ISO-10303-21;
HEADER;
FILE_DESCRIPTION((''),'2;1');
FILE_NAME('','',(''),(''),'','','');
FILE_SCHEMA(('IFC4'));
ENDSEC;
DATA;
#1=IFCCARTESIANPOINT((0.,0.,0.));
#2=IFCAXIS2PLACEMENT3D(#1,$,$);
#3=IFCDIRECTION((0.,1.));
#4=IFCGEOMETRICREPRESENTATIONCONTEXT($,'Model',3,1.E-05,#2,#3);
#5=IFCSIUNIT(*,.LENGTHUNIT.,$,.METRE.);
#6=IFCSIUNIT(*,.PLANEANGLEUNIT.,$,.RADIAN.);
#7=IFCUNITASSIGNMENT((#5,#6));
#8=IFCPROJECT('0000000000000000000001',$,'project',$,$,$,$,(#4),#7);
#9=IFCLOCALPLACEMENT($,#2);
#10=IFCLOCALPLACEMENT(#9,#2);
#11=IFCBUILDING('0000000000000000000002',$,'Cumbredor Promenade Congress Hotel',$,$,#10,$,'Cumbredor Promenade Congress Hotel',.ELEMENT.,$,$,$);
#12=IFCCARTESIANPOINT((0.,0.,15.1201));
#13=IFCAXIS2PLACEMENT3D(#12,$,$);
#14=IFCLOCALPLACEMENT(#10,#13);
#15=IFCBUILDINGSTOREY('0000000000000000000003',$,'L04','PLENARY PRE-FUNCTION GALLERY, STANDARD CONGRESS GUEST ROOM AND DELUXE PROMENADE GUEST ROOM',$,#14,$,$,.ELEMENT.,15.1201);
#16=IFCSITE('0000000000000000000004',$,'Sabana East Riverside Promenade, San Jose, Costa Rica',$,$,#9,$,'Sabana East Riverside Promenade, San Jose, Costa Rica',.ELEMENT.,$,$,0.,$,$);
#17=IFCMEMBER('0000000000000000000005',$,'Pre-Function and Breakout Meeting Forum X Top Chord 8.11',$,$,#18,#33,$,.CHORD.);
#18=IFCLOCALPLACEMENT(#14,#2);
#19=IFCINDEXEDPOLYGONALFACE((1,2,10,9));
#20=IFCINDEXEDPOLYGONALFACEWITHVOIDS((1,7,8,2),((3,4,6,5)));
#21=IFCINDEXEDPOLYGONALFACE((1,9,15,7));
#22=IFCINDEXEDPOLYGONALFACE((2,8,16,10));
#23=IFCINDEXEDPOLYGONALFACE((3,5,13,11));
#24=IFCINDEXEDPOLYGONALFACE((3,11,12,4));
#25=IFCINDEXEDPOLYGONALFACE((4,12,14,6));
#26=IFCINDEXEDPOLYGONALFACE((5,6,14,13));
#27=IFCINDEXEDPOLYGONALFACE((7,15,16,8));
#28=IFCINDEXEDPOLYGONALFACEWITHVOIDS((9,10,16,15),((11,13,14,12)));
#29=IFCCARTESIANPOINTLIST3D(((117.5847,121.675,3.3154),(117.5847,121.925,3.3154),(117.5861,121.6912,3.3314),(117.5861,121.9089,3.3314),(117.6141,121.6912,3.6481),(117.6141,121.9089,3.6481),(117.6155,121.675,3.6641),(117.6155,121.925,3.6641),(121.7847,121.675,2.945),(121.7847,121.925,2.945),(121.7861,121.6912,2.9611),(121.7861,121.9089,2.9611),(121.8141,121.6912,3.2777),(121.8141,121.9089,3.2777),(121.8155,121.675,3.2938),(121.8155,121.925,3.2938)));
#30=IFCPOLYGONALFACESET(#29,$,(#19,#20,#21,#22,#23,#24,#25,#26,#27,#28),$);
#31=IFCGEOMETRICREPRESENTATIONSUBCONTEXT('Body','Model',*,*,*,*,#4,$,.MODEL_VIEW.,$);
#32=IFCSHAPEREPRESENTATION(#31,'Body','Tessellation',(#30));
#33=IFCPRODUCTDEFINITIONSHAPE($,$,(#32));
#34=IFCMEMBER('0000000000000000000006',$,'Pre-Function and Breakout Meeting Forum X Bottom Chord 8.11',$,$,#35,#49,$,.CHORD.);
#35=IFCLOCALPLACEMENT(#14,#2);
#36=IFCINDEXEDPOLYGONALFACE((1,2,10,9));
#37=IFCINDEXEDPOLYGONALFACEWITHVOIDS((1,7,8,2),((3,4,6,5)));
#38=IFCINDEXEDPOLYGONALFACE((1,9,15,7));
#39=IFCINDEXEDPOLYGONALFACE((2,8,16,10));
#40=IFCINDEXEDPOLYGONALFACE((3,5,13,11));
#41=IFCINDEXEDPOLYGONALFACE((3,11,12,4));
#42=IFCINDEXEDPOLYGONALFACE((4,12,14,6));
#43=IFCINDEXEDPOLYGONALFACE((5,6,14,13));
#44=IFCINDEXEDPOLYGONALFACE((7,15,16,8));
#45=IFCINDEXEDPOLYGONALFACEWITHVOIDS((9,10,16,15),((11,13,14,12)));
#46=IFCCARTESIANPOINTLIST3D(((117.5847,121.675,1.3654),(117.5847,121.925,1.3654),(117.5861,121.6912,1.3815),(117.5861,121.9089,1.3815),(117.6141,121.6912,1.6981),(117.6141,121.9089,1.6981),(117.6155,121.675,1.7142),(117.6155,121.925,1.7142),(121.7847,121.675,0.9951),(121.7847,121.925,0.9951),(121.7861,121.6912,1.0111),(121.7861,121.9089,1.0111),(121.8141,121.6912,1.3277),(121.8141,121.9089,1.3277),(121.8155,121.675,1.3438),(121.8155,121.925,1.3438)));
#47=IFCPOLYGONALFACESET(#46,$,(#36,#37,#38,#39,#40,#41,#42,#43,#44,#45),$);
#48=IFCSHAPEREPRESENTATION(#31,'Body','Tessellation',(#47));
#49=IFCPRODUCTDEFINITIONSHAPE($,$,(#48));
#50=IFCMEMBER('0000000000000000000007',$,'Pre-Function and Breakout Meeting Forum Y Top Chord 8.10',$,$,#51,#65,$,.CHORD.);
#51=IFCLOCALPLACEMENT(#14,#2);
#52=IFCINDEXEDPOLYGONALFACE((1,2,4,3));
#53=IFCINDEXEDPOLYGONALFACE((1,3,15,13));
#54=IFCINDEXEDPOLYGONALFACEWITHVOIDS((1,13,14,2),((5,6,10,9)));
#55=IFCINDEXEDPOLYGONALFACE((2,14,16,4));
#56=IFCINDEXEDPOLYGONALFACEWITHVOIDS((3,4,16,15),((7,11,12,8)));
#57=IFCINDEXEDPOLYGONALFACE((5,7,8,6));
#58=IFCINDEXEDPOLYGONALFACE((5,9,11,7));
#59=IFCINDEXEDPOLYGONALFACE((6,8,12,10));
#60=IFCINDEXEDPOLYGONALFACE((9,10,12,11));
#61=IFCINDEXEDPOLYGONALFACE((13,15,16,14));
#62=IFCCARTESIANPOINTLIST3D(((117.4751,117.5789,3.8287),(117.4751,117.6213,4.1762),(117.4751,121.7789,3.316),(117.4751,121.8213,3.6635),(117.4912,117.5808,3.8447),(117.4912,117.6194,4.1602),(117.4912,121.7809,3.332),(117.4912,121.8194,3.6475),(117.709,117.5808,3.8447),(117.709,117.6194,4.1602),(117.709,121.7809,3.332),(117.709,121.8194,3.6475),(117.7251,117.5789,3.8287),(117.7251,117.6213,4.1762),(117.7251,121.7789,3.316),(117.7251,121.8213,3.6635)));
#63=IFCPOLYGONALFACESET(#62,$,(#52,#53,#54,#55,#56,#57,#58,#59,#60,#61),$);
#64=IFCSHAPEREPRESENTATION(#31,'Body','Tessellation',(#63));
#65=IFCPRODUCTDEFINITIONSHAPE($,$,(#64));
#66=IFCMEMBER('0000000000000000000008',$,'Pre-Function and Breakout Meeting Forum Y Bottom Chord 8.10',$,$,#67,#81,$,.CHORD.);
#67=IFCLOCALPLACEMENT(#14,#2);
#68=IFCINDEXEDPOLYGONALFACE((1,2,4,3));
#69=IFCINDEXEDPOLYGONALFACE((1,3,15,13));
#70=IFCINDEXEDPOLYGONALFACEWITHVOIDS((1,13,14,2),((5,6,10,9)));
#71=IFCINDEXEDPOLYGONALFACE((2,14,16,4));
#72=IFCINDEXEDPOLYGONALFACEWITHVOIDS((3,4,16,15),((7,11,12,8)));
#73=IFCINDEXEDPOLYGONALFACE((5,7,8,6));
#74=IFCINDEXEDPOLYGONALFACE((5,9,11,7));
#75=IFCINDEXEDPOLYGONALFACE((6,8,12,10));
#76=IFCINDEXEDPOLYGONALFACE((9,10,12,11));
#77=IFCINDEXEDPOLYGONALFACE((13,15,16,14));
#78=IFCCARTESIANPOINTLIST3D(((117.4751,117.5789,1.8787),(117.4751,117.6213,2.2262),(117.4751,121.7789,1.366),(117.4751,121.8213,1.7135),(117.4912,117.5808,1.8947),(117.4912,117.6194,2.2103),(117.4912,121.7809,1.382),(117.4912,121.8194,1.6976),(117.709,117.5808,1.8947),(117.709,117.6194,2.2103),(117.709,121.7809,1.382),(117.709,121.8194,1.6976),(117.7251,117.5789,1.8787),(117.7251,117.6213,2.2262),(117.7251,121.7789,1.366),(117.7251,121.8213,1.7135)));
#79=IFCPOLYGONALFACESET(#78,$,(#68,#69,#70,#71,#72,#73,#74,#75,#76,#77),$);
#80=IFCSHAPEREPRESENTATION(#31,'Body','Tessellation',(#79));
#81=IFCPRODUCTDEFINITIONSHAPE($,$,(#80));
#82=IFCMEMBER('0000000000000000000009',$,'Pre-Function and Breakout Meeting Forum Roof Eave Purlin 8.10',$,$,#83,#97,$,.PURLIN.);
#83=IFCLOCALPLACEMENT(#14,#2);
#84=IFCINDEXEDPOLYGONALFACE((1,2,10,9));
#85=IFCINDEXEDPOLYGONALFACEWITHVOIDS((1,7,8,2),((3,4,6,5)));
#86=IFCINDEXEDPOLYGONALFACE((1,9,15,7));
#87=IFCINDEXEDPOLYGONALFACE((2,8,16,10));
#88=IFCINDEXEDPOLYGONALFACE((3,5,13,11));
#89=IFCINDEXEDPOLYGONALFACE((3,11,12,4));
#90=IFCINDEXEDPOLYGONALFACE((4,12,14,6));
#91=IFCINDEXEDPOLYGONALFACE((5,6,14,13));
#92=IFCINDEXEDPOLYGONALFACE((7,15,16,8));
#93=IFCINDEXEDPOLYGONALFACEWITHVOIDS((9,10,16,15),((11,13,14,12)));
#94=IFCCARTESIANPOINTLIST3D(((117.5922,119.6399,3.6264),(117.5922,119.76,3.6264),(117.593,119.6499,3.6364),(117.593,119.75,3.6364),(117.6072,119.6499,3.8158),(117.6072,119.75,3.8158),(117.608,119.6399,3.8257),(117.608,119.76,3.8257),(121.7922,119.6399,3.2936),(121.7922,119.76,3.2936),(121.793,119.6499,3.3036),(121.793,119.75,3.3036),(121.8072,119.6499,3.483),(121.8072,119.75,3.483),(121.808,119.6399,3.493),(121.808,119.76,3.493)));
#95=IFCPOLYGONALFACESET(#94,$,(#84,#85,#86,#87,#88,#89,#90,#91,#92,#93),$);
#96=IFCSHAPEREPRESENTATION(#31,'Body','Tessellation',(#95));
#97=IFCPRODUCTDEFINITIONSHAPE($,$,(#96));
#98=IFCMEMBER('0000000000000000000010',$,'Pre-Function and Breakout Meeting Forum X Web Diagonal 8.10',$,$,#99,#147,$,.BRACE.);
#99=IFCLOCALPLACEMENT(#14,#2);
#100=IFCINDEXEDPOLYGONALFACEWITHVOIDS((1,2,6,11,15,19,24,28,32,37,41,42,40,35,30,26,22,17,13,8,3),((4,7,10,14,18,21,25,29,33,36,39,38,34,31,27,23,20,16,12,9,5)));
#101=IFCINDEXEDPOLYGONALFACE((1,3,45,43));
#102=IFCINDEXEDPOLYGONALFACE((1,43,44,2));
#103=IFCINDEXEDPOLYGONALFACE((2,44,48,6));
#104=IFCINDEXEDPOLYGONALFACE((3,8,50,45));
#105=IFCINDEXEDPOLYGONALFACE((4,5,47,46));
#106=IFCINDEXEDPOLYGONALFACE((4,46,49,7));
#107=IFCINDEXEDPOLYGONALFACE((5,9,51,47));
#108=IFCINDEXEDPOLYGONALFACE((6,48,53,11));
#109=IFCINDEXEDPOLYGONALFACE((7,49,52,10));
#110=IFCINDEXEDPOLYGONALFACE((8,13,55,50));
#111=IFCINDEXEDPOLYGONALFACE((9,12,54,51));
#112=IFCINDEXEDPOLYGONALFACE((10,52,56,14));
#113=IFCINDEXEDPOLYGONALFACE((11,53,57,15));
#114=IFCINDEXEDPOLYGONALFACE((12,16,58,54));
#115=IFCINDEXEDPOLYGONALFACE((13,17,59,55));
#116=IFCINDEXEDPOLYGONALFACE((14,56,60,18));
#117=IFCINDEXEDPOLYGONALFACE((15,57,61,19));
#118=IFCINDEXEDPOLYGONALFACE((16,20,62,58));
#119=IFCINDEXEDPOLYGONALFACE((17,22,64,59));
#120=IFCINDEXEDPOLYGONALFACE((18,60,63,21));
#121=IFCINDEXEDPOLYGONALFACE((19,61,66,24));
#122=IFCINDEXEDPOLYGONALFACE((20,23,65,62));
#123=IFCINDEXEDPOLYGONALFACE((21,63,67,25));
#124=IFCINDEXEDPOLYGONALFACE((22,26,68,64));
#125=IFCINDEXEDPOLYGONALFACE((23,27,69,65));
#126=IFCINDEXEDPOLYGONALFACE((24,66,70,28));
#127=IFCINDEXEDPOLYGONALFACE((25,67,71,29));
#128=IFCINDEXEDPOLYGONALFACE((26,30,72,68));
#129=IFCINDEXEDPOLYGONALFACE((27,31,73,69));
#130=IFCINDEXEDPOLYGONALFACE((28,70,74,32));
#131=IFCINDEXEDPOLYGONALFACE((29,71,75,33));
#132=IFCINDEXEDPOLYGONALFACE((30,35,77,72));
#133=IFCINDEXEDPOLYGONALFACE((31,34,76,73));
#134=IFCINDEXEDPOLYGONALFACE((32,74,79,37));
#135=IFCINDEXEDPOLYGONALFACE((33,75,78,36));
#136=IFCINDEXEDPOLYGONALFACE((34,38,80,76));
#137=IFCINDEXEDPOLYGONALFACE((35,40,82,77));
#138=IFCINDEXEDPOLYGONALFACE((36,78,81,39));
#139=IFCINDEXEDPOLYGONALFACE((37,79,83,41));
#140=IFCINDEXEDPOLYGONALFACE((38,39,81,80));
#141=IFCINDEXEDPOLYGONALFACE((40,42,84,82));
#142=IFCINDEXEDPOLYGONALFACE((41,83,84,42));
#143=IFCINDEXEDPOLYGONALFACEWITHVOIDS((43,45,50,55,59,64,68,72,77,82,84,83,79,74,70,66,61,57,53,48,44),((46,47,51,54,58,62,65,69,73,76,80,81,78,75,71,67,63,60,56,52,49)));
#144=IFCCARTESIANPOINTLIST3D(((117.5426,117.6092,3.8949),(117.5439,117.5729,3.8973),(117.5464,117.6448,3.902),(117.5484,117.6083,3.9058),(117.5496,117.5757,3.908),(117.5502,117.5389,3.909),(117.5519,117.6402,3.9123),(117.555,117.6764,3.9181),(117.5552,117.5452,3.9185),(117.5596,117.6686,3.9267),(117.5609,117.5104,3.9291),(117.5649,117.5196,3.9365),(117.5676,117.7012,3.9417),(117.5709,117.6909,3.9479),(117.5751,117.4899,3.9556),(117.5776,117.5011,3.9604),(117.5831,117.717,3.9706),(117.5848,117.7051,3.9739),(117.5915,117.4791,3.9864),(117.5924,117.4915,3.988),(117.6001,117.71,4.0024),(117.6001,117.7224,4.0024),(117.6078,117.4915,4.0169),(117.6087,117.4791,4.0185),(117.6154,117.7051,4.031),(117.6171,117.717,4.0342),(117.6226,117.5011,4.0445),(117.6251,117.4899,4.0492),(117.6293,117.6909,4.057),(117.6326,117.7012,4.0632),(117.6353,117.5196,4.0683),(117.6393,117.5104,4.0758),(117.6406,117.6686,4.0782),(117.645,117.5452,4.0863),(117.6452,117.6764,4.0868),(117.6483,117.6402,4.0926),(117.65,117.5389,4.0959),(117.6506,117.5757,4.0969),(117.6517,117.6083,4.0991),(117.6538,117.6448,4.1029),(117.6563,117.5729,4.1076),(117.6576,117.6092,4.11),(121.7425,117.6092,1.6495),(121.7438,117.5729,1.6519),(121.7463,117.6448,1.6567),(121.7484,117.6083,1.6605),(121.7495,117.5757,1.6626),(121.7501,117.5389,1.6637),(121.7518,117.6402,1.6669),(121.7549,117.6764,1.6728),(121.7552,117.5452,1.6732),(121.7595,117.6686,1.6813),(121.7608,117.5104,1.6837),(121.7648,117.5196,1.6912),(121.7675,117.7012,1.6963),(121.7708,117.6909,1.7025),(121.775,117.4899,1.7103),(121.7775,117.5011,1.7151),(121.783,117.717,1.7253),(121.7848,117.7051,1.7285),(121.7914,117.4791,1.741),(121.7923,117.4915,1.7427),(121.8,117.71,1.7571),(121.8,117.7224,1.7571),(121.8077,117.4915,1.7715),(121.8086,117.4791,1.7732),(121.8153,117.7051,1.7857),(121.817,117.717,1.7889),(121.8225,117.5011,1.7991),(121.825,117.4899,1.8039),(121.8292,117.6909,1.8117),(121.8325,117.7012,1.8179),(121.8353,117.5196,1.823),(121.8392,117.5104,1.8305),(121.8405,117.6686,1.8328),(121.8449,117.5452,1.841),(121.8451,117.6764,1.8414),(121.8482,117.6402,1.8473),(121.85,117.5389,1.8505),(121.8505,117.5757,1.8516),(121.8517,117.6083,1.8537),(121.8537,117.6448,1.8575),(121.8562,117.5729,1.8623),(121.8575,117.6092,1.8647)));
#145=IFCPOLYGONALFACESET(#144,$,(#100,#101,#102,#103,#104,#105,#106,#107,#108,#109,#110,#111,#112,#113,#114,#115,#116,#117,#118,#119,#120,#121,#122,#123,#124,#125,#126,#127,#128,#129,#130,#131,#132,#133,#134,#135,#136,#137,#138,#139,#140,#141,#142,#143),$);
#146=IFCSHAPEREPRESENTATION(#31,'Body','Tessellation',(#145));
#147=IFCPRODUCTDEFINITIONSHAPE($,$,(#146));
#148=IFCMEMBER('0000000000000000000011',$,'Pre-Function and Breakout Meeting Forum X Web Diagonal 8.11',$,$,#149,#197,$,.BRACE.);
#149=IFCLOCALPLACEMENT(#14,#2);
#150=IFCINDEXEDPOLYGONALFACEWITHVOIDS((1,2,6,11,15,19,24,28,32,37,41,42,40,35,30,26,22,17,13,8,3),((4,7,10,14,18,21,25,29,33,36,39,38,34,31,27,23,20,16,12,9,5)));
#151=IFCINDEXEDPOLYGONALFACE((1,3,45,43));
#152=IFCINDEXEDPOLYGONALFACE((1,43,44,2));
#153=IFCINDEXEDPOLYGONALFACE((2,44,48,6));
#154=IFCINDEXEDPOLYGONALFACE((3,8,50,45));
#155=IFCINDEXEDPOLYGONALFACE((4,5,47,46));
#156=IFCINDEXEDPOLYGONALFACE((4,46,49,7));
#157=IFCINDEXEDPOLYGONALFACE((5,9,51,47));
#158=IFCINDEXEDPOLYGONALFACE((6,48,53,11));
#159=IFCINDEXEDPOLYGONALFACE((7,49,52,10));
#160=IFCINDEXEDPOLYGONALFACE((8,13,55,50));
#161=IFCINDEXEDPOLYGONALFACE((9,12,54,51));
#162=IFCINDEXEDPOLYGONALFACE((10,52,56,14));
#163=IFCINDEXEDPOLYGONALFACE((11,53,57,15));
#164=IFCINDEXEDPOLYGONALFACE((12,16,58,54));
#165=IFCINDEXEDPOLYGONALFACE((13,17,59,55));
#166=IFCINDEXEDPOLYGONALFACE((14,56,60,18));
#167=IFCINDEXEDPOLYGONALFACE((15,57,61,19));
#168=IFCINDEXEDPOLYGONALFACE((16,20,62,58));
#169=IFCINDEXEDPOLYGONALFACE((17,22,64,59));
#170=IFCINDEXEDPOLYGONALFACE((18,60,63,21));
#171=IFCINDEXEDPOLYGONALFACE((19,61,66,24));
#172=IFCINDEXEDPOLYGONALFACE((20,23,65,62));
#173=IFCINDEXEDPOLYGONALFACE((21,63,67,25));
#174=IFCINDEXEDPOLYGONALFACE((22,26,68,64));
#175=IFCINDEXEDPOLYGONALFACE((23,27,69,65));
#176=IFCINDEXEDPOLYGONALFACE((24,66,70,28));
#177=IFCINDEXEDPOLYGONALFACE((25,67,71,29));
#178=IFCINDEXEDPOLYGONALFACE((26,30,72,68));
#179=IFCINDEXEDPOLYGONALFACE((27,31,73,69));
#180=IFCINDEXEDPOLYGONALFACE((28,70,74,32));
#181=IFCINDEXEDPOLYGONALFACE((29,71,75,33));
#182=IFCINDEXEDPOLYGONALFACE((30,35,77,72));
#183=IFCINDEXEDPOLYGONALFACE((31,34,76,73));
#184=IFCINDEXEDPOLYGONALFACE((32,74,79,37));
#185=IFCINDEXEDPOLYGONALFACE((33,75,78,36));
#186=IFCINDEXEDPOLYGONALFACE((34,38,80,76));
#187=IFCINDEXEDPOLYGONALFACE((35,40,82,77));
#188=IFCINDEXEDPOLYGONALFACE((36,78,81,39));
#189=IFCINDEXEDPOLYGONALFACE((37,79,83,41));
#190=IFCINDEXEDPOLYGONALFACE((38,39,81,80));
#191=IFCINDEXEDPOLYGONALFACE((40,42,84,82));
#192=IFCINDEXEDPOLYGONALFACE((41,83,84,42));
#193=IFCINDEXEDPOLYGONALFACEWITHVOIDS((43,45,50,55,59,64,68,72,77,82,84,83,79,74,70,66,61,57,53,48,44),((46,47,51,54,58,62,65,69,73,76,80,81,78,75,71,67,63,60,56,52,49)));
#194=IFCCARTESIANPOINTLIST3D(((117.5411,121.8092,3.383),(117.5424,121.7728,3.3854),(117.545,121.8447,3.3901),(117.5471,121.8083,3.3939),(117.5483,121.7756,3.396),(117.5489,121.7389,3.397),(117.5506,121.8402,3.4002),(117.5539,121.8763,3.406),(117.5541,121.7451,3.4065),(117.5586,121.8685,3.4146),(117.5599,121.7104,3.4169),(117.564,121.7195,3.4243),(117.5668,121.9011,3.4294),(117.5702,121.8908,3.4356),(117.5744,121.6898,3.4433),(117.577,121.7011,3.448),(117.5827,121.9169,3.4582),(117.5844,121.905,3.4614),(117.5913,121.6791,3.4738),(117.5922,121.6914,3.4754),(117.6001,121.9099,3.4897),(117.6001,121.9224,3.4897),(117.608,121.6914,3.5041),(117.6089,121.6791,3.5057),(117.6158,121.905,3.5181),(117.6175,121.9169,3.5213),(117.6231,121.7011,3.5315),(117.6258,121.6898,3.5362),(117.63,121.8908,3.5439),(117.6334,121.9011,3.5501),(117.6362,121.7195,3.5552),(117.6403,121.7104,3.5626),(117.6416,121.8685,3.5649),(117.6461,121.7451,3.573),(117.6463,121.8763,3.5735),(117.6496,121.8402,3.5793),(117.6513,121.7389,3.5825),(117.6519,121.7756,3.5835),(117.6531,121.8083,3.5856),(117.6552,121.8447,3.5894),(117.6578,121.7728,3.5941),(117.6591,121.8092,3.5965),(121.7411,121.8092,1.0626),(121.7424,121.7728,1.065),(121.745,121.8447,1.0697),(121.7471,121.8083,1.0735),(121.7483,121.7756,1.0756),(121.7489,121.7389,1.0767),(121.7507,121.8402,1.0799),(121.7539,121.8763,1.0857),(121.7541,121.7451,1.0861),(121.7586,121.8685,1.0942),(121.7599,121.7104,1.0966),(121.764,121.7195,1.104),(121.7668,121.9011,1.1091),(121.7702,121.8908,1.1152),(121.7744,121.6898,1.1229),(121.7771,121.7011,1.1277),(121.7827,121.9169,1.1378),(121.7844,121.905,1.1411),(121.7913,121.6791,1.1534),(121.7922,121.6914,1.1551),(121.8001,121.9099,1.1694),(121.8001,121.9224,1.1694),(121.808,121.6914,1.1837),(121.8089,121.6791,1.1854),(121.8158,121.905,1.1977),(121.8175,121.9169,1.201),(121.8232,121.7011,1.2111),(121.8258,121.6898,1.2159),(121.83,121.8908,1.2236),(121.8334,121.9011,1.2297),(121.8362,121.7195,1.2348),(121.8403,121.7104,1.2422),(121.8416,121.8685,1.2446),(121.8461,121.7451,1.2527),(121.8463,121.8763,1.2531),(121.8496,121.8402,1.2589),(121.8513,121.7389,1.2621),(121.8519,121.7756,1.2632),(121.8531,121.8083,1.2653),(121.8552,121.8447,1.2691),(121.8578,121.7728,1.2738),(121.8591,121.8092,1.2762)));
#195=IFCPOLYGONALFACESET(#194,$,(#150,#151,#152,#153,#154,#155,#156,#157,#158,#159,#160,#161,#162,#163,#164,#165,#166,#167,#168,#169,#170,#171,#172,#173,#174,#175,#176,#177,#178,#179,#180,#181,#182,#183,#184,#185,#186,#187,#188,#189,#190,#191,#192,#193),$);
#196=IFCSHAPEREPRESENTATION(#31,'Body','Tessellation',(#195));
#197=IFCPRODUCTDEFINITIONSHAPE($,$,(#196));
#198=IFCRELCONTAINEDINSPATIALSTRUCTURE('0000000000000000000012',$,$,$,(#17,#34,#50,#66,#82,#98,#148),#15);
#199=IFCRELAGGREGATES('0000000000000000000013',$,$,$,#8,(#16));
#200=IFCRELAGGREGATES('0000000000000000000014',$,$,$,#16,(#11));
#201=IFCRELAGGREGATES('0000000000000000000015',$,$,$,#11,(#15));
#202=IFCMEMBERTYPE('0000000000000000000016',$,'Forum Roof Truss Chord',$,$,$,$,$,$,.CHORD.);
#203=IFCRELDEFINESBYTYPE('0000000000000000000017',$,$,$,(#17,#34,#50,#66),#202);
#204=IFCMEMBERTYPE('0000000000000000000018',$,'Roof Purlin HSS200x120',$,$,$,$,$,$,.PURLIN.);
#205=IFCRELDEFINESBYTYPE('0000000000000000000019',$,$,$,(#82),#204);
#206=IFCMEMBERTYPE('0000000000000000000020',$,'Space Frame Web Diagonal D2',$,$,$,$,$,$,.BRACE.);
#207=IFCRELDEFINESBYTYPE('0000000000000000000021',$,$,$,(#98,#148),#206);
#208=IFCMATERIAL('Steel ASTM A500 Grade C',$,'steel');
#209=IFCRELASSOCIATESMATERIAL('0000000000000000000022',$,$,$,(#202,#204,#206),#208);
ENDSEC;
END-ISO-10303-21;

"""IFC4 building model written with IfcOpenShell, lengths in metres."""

from ifc_helpers import new_model, si_unit, direction, frame, origin, origin_2d, place, context, subcontext, project, spatial, hollow_rectangle, hollow_circle, extrude, material, material_profile, profile_set, type_object, element, save


model = new_model("IFC4")

# Units and contexts
model_context = context("Model", 3, precision=1e-05, world=origin(), true_north=direction((0.0, 1.0)))
body_context = subcontext(model_context, "Body", "Model", "MODEL_VIEW")
ifc_project = project(units=[si_unit("LENGTHUNIT", "METRE"), si_unit("PLANEANGLEUNIT", "RADIAN")], contexts=[model_context])

# Site, building, storey
site_placement = place(None, origin())
site = spatial("IfcSite", under=ifc_project, at=site_placement, Name="Sabana East Riverside Promenade, San Jose, Costa Rica", LongName="Sabana East Riverside Promenade, San Jose, Costa Rica", CompositionType="ELEMENT", RefElevation=0.0)
building_placement = place(site_placement, origin())
building = spatial("IfcBuilding", under=site, at=building_placement, Name="Cumbredor Promenade Congress Hotel", LongName="Cumbredor Promenade Congress Hotel", CompositionType="ELEMENT")
storey_placement = place(building_placement, frame((0.0, 0.0, 15.1201)))
storey = spatial("IfcBuildingStorey", under=building, at=storey_placement, Name="L04", Description="PLENARY PRE-FUNCTION GALLERY, STANDARD CONGRESS GUEST ROOM AND DELUXE PROMENADE GUEST ROOM", CompositionType="ELEMENT", Elevation=15.1201)

# Members
ifc_material_1 = material(Name="Steel ASTM A500 Grade C", Category="steel")
ifc_material_profile_1 = material_profile(ifc_material_1, hollow_rectangle(XDim=0.25, YDim=0.3501, WallThickness=0.0161, at=origin_2d()), Name="HSS 350x250x16")
ifc_profile_set_1 = profile_set([ifc_material_profile_1], Name="Steel ASTM A500 Grade C")
member_type_1 = type_object("IfcMemberType", Name="Forum Roof Truss Chord", PredefinedType="CHORD", material=ifc_profile_set_1)
for number, where, z_axis, x_axis, name in (
    (1, (117.6001, 121.8, 3.4897), (0.996134, 0.0, -0.087841), (0.0, 1.0, 0.0), "Pre-Function and Breakout Meeting Forum X Top Chord 8.11"),
    (2, (117.6001, 121.8, 1.5398), (0.996134, 0.0, -0.087841), (0.0, 1.0, 0.0), "Pre-Function and Breakout Meeting Forum X Bottom Chord 8.11"),
):
    element("IfcMember", number, at=place(storey_placement, frame(where, z_axis=z_axis, x_axis=x_axis)), inside=storey, type_object=member_type_1, Name=name, PredefinedType="CHORD", context=body_context, shape_type="SweptSolid", body=[
        extrude(hollow_rectangle(XDim=0.25, YDim=0.3501, WallThickness=0.0161, at=origin_2d()), origin(), (0.0, 0.0, 1.0), 4.2163),
    ])
for number, where, z_axis, x_axis, name in (
    (3, (117.6001, 117.6001, 4.0024), (0.0, 0.992631, -0.121172), (-1.0, 0.0, 0.0), "Pre-Function and Breakout Meeting Forum Y Top Chord 8.10"),
    (4, (117.6001, 117.6001, 2.0525), (0.0, 0.992631, -0.121172), (-1.0, 0.0, 0.0), "Pre-Function and Breakout Meeting Forum Y Bottom Chord 8.10"),
):
    element("IfcMember", number, at=place(storey_placement, frame(where, z_axis=z_axis, x_axis=x_axis)), inside=storey, type_object=member_type_1, Name=name, PredefinedType="CHORD", context=body_context, shape_type="SweptSolid", body=[
        extrude(hollow_rectangle(XDim=0.25, YDim=0.3501, WallThickness=0.0161, at=origin_2d()), origin(), (0.0, 0.0, 1.0), 4.2312),
    ])
ifc_material_profile_2 = material_profile(ifc_material_1, hollow_rectangle(XDim=0.1201, YDim=0.2, WallThickness=0.01, at=origin_2d()), Name="HSS 200x120x10")
ifc_profile_set_2 = profile_set([ifc_material_profile_2], Name="Steel ASTM A500 Grade C")
member_type_2 = type_object("IfcMemberType", Name="Roof Purlin HSS200x120", PredefinedType="PURLIN", material=ifc_profile_set_2)
member_1_placement = place(storey_placement, frame((117.6001, 119.7, 3.7261), z_axis=(0.996876, 0.0, -0.078983), x_axis=(0.0, 1.0, 0.0)))
element("IfcMember", 5, at=member_1_placement, inside=storey, type_object=member_type_2, Name="Pre-Function and Breakout Meeting Forum Roof Eave Purlin 8.10", PredefinedType="PURLIN", context=body_context, shape_type="SweptSolid", body=[
    extrude(hollow_rectangle(XDim=0.1201, YDim=0.2, WallThickness=0.01, at=origin_2d()), origin(), (0.0, 0.0, 1.0), 4.2131),
])
ifc_material_profile_3 = material_profile(ifc_material_1, hollow_circle(Radius=0.1223, WallThickness=0.0125, at=origin_2d()), Name="CHS 244.5x12.5")
ifc_profile_set_3 = profile_set([ifc_material_profile_3], Name="Steel ASTM A500 Grade C")
member_type_3 = type_object("IfcMemberType", Name="Space Frame Web Diagonal D2", PredefinedType="BRACE", material=ifc_profile_set_3)
member_2_placement = place(storey_placement, frame((117.6001, 117.6001, 4.0024), z_axis=(0.881883, 0.0, -0.471469), x_axis=(0.0, 1.0, 0.0)))
element("IfcMember", 6, at=member_2_placement, inside=storey, type_object=member_type_3, Name="Pre-Function and Breakout Meeting Forum X Web Diagonal 8.10", PredefinedType="BRACE", context=body_context, shape_type="SweptSolid", body=[
    extrude(hollow_circle(Radius=0.1223, WallThickness=0.0125, at=origin_2d()), origin(), (0.0, 0.0, 1.0), 4.7625),
])
member_3_placement = place(storey_placement, frame((117.6001, 121.8, 3.4897), z_axis=(0.875304, 0.0, -0.483572), x_axis=(0.0, 1.0, 0.0)))
element("IfcMember", 7, at=member_3_placement, inside=storey, type_object=member_type_3, Name="Pre-Function and Breakout Meeting Forum X Web Diagonal 8.11", PredefinedType="BRACE", context=body_context, shape_type="SweptSolid", body=[
    extrude(hollow_circle(Radius=0.1223, WallThickness=0.0125, at=origin_2d()), origin(), (0.0, 0.0, 1.0), 4.7983),
])

save(model, "model.ifc")
